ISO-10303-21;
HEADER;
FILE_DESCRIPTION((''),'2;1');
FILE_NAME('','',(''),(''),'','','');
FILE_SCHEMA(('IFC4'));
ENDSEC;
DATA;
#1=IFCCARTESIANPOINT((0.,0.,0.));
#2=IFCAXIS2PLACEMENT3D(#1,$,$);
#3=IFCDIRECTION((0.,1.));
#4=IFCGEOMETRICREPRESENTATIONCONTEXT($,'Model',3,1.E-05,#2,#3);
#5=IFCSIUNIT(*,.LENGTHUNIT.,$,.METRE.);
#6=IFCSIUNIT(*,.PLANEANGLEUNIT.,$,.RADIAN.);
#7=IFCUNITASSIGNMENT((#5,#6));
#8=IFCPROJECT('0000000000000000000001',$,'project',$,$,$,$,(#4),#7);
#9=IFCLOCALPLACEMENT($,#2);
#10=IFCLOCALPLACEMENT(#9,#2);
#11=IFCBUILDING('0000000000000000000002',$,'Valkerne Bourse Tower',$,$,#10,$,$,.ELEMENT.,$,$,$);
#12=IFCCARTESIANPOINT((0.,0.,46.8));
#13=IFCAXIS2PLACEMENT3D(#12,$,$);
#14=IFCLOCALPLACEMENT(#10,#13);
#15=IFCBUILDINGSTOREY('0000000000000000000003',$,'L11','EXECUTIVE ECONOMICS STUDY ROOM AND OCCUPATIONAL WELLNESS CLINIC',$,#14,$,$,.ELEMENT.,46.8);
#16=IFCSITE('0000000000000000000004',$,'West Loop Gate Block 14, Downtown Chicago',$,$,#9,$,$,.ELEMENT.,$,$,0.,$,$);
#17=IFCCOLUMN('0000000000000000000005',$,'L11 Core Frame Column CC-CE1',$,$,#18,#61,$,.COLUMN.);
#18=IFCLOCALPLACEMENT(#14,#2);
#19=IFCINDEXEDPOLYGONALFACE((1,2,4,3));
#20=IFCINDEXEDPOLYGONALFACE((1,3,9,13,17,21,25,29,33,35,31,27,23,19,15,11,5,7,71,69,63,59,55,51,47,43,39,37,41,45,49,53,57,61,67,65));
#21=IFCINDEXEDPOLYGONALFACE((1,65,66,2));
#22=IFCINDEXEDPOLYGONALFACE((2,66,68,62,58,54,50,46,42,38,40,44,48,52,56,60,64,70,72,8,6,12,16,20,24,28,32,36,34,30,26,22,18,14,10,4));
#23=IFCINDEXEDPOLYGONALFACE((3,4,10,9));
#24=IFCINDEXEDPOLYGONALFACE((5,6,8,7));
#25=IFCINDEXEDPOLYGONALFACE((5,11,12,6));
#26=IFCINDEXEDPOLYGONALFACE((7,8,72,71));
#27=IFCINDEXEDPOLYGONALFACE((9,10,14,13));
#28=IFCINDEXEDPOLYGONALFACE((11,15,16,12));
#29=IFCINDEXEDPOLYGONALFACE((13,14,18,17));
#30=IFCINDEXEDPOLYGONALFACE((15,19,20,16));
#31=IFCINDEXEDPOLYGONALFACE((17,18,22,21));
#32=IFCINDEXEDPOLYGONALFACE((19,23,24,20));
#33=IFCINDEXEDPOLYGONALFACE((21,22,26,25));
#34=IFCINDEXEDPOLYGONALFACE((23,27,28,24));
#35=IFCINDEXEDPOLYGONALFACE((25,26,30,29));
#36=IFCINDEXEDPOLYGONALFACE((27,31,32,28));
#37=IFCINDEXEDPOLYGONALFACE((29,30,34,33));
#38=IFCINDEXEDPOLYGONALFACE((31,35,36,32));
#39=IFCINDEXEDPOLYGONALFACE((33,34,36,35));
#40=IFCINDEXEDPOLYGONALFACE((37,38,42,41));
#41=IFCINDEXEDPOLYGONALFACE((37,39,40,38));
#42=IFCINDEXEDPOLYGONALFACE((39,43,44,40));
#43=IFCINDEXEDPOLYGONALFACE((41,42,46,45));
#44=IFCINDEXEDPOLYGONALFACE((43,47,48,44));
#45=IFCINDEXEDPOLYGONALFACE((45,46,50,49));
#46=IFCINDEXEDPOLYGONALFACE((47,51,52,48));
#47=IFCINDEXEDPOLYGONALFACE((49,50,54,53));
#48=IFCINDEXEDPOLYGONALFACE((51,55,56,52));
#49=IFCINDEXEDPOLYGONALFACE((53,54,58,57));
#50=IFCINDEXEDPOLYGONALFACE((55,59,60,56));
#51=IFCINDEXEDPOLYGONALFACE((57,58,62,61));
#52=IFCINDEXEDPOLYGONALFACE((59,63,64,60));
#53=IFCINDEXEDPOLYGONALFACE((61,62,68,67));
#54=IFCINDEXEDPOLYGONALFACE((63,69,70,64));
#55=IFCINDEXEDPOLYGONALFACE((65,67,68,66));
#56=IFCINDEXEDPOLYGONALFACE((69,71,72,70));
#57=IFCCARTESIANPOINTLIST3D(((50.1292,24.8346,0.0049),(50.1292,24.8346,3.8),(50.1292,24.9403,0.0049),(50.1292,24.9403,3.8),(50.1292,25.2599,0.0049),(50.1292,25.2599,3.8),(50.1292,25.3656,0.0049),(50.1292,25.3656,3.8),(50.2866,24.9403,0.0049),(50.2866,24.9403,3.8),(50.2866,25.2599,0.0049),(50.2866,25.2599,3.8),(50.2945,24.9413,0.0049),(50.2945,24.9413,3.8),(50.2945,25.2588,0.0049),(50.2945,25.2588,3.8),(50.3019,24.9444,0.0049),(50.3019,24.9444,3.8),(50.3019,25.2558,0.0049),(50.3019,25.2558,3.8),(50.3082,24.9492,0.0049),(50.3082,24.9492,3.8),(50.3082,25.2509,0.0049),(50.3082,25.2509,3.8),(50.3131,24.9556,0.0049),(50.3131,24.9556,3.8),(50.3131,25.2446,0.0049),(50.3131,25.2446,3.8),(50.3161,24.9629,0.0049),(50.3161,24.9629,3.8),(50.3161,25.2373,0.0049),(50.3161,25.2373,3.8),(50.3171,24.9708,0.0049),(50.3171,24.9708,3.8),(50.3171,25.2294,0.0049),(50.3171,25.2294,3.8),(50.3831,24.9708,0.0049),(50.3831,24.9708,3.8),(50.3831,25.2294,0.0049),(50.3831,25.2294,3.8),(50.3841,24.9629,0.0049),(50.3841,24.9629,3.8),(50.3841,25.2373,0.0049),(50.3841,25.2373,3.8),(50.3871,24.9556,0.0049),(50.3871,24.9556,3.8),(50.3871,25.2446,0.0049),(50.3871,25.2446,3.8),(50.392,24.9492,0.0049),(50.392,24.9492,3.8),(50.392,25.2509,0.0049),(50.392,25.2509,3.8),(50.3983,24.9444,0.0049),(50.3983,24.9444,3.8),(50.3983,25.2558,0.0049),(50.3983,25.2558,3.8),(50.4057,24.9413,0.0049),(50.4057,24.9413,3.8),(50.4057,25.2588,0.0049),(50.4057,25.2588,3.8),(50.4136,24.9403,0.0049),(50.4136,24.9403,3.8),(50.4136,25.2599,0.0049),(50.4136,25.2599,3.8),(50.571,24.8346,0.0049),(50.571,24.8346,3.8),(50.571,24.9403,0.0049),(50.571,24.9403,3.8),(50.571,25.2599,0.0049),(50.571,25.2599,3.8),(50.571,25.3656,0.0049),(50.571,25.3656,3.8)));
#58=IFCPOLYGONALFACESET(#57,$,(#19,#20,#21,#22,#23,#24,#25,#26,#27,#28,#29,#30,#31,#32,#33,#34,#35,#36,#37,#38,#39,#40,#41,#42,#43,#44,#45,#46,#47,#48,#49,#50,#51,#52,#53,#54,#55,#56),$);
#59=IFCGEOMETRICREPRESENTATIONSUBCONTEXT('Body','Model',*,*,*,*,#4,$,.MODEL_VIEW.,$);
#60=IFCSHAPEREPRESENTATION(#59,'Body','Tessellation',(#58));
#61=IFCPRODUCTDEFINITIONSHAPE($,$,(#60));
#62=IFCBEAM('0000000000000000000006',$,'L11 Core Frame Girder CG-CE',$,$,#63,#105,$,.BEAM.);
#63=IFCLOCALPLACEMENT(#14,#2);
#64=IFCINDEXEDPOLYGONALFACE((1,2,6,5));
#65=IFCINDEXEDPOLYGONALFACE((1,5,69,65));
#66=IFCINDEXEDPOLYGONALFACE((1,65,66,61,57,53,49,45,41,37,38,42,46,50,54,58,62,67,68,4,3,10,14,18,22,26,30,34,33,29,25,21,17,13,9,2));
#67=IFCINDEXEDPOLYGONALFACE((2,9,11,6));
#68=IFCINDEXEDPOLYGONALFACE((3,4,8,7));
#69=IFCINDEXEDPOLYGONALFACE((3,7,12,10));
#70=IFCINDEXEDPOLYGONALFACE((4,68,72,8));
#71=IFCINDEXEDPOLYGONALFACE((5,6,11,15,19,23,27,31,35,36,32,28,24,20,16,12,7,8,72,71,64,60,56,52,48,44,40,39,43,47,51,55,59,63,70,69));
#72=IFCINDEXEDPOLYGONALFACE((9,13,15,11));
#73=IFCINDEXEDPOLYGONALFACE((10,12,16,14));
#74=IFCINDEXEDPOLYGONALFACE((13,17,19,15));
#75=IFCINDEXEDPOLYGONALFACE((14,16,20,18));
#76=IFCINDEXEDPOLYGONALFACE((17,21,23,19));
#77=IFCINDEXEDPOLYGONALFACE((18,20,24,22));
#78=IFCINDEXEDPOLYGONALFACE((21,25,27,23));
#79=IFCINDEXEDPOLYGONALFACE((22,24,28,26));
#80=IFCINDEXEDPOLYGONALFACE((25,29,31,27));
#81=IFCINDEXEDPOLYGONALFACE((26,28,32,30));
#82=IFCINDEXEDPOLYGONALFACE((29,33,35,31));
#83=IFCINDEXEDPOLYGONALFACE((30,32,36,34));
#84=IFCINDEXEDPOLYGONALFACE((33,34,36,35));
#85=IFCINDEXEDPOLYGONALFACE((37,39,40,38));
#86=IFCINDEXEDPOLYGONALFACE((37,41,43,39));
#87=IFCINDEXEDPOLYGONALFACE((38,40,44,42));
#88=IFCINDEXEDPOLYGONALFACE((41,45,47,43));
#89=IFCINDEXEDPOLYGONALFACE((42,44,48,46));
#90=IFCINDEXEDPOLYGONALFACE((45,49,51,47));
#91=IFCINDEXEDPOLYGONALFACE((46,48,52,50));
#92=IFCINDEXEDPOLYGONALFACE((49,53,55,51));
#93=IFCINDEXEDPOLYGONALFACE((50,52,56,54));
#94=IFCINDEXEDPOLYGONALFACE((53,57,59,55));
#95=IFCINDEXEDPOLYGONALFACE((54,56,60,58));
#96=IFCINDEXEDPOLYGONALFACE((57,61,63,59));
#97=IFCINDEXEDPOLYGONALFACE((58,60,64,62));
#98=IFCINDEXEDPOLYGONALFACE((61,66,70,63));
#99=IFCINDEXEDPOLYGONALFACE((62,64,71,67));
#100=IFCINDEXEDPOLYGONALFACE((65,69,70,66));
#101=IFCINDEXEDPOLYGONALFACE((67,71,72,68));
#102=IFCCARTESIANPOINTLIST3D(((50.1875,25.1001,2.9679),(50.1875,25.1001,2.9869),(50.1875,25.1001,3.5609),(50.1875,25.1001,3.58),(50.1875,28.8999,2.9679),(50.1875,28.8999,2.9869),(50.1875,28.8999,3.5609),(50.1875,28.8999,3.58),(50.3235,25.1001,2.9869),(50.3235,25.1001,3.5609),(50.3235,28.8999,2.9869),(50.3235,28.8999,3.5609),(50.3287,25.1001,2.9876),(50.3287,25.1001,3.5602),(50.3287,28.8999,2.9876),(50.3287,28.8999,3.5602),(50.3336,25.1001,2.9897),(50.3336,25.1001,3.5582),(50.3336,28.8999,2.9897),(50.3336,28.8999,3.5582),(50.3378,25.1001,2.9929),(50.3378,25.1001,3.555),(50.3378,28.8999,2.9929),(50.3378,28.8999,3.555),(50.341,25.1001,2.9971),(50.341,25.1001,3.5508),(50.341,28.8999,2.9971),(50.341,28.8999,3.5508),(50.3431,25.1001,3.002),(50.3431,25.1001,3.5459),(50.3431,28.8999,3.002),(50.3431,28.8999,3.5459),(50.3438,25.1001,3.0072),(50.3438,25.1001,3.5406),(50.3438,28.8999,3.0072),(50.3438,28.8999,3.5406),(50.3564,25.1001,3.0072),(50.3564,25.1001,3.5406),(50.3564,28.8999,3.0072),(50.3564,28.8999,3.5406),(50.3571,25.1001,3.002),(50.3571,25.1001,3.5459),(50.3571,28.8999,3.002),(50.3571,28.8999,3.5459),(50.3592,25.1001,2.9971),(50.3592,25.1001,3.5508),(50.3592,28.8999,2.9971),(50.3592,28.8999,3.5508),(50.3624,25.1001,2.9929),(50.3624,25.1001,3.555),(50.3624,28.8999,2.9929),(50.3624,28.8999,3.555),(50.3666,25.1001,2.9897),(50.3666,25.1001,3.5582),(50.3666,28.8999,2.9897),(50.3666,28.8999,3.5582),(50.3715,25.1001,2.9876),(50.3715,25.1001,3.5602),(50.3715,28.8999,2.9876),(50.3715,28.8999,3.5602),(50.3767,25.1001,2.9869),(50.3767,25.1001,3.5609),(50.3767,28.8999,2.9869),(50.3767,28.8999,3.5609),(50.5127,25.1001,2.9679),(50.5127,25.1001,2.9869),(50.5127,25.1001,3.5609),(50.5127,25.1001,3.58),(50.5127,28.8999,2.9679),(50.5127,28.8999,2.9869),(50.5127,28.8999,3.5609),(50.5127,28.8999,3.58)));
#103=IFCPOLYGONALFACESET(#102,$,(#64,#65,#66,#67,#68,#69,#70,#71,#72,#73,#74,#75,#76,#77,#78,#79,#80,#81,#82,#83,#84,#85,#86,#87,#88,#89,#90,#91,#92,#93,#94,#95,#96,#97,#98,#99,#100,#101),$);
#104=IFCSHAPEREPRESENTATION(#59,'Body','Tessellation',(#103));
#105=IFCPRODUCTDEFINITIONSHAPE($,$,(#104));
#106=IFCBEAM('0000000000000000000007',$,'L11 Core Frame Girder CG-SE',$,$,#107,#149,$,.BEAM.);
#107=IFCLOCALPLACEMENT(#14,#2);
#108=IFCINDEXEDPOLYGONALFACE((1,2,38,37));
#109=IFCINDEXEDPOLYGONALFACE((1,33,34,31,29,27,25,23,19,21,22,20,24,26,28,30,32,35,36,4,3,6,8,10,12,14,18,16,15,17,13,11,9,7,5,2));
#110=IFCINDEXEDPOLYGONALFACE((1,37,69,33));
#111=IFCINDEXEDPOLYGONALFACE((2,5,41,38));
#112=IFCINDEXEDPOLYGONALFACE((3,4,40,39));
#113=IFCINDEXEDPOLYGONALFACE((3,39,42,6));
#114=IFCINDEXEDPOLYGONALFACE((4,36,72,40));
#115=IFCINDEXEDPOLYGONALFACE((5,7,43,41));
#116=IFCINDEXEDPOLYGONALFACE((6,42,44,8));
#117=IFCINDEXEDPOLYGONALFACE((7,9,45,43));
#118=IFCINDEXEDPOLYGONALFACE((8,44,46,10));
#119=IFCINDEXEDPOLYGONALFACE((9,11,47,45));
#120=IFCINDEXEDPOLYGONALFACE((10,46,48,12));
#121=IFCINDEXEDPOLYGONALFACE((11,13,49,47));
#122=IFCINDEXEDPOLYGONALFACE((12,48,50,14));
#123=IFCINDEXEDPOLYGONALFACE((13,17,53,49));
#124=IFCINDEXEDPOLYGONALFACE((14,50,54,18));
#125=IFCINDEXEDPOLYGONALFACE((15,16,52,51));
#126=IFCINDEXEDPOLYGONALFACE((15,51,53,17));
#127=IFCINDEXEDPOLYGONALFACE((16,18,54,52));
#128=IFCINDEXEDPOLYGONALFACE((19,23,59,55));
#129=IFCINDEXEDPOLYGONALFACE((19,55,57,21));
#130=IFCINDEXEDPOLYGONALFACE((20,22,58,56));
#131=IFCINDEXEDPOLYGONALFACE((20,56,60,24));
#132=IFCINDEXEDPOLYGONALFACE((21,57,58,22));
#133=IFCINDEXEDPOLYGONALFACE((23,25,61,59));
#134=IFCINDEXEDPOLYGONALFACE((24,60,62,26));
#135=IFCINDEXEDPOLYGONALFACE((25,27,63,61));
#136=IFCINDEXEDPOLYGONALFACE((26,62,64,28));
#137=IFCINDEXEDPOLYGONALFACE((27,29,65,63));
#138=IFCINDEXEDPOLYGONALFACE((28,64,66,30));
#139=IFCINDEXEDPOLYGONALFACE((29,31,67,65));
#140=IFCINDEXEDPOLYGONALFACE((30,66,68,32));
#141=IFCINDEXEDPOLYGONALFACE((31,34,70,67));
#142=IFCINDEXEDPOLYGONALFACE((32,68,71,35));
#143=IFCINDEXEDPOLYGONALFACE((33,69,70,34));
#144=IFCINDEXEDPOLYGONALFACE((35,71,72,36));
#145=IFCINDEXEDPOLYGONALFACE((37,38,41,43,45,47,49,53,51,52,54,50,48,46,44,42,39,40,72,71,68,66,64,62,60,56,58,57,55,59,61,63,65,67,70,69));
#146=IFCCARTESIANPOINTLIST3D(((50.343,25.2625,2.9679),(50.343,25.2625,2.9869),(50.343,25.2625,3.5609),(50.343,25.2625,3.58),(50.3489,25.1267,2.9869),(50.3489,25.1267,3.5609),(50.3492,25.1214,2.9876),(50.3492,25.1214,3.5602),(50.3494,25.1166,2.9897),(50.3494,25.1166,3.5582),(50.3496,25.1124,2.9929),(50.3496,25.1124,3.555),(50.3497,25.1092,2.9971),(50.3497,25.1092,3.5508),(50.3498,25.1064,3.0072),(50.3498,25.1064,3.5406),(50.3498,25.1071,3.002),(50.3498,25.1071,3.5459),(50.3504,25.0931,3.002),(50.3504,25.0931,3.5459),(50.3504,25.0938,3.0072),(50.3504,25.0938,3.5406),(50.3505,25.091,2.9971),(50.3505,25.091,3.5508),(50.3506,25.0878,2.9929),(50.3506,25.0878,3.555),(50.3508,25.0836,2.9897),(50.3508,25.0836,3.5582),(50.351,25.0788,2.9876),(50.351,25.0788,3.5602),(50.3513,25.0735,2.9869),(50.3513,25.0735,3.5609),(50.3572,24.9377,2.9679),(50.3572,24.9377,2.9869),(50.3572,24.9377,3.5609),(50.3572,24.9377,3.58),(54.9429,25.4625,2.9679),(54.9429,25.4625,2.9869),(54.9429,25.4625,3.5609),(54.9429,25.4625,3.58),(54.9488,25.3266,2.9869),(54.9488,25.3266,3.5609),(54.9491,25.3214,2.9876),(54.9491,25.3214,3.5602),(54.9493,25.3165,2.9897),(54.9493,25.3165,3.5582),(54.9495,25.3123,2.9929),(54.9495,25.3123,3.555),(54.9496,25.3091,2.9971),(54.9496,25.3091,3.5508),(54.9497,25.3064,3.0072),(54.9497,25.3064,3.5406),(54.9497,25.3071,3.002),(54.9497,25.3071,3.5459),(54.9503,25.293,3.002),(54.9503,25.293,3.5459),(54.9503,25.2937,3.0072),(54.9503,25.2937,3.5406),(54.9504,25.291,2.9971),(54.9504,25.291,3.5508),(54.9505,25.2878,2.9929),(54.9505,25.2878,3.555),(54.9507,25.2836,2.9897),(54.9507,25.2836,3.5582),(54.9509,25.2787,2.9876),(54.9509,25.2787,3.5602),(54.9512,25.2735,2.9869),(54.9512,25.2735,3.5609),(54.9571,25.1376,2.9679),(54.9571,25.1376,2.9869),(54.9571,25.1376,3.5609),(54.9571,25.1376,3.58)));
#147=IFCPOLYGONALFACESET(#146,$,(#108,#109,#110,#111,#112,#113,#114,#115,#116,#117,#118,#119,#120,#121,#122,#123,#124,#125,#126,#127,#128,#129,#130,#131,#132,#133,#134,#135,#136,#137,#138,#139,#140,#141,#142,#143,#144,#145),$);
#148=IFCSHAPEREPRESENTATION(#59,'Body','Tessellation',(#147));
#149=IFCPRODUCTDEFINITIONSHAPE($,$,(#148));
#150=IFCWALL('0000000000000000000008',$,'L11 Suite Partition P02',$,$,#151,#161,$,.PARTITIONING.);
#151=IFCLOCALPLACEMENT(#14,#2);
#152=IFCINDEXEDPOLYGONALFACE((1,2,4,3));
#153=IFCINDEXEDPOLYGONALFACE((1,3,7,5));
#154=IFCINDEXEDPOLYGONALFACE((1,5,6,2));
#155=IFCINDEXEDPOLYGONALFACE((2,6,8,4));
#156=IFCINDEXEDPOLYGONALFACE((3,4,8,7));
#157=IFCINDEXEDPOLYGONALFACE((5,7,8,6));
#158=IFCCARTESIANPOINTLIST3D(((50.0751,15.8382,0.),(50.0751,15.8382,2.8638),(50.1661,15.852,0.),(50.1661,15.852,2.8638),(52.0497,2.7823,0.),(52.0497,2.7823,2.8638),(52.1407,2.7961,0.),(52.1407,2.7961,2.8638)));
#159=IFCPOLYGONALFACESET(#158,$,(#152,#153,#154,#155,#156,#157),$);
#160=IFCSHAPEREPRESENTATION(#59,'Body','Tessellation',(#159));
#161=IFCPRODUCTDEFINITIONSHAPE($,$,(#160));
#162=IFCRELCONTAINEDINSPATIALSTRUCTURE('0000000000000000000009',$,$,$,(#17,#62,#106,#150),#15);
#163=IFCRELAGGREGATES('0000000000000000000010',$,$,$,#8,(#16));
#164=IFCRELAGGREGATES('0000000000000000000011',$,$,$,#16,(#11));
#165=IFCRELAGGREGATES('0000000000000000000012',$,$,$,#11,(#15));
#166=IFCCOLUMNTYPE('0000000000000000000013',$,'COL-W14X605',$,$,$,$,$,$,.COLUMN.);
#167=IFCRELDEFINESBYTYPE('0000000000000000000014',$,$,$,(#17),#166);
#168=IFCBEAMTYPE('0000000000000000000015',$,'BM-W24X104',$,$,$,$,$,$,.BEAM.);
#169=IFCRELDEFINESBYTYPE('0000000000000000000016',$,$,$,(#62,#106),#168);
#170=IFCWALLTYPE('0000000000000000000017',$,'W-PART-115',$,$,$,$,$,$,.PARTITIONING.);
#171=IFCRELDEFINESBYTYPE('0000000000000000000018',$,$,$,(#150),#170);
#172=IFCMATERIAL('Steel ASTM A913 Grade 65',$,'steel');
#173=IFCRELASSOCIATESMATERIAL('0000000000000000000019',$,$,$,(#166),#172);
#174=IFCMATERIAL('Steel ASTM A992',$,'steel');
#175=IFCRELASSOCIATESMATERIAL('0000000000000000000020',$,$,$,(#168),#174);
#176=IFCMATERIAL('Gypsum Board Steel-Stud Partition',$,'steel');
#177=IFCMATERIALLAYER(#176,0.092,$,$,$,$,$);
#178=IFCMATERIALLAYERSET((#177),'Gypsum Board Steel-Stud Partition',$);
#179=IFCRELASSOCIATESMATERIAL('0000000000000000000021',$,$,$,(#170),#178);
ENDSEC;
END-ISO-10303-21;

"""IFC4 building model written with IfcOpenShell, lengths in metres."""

from ifc_helpers import new_model, si_unit, direction, frame, frame_2d, origin, origin_2d, place, context, subcontext, project, spatial, rectangle, i_section, extrude, material, layer, layer_set, material_profile, profile_set, type_object, element, save


model = new_model("IFC4")

# Units and contexts
model_context = context("Model", 3, precision=1e-05, world=origin(), true_north=direction((0.0, 1.0)))
body_context = subcontext(model_context, "Body", "Model", "MODEL_VIEW")
ifc_project = project(units=[si_unit("LENGTHUNIT", "METRE"), si_unit("PLANEANGLEUNIT", "RADIAN")], contexts=[model_context])

# Site, building, storey
site_placement = place(None, origin())
site = spatial("IfcSite", under=ifc_project, at=site_placement, Name="West Loop Gate Block 14, Downtown Chicago", CompositionType="ELEMENT", RefElevation=0.0)
building_placement = place(site_placement, origin())
building = spatial("IfcBuilding", under=site, at=building_placement, Name="Valkerne Bourse Tower", CompositionType="ELEMENT")
storey_placement = place(building_placement, frame((0.0, 0.0, 46.8)))
storey = spatial("IfcBuildingStorey", under=building, at=storey_placement, Name="L11", Description="EXECUTIVE ECONOMICS STUDY ROOM AND OCCUPATIONAL WELLNESS CLINIC", CompositionType="ELEMENT", Elevation=46.8)

# Column
ifc_material_1 = material(Name="Steel ASTM A913 Grade 65", Category="steel")
ifc_material_profile_1 = material_profile(ifc_material_1, i_section(OverallWidth=0.4419, OverallDepth=0.531, WebThickness=0.0659, FlangeThickness=0.1057, FilletRadius=0.0305, at=origin_2d()), Name="W14X605")
ifc_profile_set_1 = profile_set([ifc_material_profile_1], Name="Steel ASTM A913 Grade 65")
column_type = type_object("IfcColumnType", Name="COL-W14X605", PredefinedType="COLUMN", material=ifc_profile_set_1)
column_placement = place(storey_placement, frame((50.3501, 25.1001, 0.0049), z_axis=(0.0, 0.0, 1.0), x_axis=(1.0, 0.0, 0.0)))
element("IfcColumn", 1, at=column_placement, inside=storey, type_object=column_type, Name="L11 Core Frame Column CC-CE1", PredefinedType="COLUMN", context=body_context, shape_type="SweptSolid", body=[
    extrude(i_section(OverallWidth=0.4419, OverallDepth=0.531, WebThickness=0.0659, FlangeThickness=0.1057, FilletRadius=0.0305, at=origin_2d()), origin(), (0.0, 0.0, 1.0), 3.7952),
])

# Beams
ifc_material_2 = material(Name="Steel ASTM A992", Category="steel")
ifc_material_profile_2 = material_profile(ifc_material_2, i_section(OverallWidth=0.3252, OverallDepth=0.6121, WebThickness=0.0127, FlangeThickness=0.019, FilletRadius=0.0203, at=origin_2d()), Name="W24X104")
ifc_profile_set_2 = profile_set([ifc_material_profile_2], Name="Steel ASTM A992")
beam_type = type_object("IfcBeamType", Name="BM-W24X104", PredefinedType="BEAM", material=ifc_profile_set_2)
beam_1_placement = place(storey_placement, frame((50.3501, 25.1001, 3.2739), z_axis=(0.0, 1.0, 0.0), x_axis=(-1.0, 0.0, 0.0)))
element("IfcBeam", 2, at=beam_1_placement, inside=storey, type_object=beam_type, Name="L11 Core Frame Girder CG-CE", PredefinedType="BEAM", context=body_context, shape_type="SweptSolid", body=[
    extrude(i_section(OverallWidth=0.3252, OverallDepth=0.6121, WebThickness=0.0127, FlangeThickness=0.019, FilletRadius=0.0203, at=origin_2d()), origin(), (0.0, 0.0, 1.0), 3.7998),
])
beam_2_placement = place(storey_placement, frame((50.3501, 25.1001, 3.2739), z_axis=(0.999057, 0.043428, 0.0), x_axis=(-0.043428, 0.999057, 0.0)))
element("IfcBeam", 3, at=beam_2_placement, inside=storey, type_object=beam_type, Name="L11 Core Frame Girder CG-SE", PredefinedType="BEAM", context=body_context, shape_type="SweptSolid", body=[
    extrude(i_section(OverallWidth=0.3252, OverallDepth=0.6121, WebThickness=0.0127, FlangeThickness=0.019, FilletRadius=0.0203, at=origin_2d()), origin(), (0.0, 0.0, 1.0), 4.6042),
])

# Wall
ifc_material_3 = material(Name="Gypsum Board Steel-Stud Partition", Category="steel")
ifc_layer_1 = layer(ifc_material_3, 0.092)
ifc_layer_set_1 = layer_set([ifc_layer_1], Name="Gypsum Board Steel-Stud Partition")
wall_type_1 = type_object("IfcWallType", Name="W-PART-115", PredefinedType="PARTITIONING", material=ifc_layer_set_1)
wall_1_placement = place(storey_placement, frame((50.1206, 15.845, 0.0), z_axis=(0.0, 0.0, 1.0), x_axis=(0.149542, -0.988755, 0.0)))
element("IfcWall", 4, at=wall_1_placement, inside=storey, type_object=wall_type_1, Name="L11 Suite Partition P02", PredefinedType="PARTITIONING", context=body_context, shape_type="SweptSolid", body=[
    extrude(rectangle(XDim=13.2043, YDim=0.092, at=frame_2d((6.6021, 0.0))), origin(), (0.0, 0.0, 1.0), 2.8638),
])

save(model, "model.ifc")
